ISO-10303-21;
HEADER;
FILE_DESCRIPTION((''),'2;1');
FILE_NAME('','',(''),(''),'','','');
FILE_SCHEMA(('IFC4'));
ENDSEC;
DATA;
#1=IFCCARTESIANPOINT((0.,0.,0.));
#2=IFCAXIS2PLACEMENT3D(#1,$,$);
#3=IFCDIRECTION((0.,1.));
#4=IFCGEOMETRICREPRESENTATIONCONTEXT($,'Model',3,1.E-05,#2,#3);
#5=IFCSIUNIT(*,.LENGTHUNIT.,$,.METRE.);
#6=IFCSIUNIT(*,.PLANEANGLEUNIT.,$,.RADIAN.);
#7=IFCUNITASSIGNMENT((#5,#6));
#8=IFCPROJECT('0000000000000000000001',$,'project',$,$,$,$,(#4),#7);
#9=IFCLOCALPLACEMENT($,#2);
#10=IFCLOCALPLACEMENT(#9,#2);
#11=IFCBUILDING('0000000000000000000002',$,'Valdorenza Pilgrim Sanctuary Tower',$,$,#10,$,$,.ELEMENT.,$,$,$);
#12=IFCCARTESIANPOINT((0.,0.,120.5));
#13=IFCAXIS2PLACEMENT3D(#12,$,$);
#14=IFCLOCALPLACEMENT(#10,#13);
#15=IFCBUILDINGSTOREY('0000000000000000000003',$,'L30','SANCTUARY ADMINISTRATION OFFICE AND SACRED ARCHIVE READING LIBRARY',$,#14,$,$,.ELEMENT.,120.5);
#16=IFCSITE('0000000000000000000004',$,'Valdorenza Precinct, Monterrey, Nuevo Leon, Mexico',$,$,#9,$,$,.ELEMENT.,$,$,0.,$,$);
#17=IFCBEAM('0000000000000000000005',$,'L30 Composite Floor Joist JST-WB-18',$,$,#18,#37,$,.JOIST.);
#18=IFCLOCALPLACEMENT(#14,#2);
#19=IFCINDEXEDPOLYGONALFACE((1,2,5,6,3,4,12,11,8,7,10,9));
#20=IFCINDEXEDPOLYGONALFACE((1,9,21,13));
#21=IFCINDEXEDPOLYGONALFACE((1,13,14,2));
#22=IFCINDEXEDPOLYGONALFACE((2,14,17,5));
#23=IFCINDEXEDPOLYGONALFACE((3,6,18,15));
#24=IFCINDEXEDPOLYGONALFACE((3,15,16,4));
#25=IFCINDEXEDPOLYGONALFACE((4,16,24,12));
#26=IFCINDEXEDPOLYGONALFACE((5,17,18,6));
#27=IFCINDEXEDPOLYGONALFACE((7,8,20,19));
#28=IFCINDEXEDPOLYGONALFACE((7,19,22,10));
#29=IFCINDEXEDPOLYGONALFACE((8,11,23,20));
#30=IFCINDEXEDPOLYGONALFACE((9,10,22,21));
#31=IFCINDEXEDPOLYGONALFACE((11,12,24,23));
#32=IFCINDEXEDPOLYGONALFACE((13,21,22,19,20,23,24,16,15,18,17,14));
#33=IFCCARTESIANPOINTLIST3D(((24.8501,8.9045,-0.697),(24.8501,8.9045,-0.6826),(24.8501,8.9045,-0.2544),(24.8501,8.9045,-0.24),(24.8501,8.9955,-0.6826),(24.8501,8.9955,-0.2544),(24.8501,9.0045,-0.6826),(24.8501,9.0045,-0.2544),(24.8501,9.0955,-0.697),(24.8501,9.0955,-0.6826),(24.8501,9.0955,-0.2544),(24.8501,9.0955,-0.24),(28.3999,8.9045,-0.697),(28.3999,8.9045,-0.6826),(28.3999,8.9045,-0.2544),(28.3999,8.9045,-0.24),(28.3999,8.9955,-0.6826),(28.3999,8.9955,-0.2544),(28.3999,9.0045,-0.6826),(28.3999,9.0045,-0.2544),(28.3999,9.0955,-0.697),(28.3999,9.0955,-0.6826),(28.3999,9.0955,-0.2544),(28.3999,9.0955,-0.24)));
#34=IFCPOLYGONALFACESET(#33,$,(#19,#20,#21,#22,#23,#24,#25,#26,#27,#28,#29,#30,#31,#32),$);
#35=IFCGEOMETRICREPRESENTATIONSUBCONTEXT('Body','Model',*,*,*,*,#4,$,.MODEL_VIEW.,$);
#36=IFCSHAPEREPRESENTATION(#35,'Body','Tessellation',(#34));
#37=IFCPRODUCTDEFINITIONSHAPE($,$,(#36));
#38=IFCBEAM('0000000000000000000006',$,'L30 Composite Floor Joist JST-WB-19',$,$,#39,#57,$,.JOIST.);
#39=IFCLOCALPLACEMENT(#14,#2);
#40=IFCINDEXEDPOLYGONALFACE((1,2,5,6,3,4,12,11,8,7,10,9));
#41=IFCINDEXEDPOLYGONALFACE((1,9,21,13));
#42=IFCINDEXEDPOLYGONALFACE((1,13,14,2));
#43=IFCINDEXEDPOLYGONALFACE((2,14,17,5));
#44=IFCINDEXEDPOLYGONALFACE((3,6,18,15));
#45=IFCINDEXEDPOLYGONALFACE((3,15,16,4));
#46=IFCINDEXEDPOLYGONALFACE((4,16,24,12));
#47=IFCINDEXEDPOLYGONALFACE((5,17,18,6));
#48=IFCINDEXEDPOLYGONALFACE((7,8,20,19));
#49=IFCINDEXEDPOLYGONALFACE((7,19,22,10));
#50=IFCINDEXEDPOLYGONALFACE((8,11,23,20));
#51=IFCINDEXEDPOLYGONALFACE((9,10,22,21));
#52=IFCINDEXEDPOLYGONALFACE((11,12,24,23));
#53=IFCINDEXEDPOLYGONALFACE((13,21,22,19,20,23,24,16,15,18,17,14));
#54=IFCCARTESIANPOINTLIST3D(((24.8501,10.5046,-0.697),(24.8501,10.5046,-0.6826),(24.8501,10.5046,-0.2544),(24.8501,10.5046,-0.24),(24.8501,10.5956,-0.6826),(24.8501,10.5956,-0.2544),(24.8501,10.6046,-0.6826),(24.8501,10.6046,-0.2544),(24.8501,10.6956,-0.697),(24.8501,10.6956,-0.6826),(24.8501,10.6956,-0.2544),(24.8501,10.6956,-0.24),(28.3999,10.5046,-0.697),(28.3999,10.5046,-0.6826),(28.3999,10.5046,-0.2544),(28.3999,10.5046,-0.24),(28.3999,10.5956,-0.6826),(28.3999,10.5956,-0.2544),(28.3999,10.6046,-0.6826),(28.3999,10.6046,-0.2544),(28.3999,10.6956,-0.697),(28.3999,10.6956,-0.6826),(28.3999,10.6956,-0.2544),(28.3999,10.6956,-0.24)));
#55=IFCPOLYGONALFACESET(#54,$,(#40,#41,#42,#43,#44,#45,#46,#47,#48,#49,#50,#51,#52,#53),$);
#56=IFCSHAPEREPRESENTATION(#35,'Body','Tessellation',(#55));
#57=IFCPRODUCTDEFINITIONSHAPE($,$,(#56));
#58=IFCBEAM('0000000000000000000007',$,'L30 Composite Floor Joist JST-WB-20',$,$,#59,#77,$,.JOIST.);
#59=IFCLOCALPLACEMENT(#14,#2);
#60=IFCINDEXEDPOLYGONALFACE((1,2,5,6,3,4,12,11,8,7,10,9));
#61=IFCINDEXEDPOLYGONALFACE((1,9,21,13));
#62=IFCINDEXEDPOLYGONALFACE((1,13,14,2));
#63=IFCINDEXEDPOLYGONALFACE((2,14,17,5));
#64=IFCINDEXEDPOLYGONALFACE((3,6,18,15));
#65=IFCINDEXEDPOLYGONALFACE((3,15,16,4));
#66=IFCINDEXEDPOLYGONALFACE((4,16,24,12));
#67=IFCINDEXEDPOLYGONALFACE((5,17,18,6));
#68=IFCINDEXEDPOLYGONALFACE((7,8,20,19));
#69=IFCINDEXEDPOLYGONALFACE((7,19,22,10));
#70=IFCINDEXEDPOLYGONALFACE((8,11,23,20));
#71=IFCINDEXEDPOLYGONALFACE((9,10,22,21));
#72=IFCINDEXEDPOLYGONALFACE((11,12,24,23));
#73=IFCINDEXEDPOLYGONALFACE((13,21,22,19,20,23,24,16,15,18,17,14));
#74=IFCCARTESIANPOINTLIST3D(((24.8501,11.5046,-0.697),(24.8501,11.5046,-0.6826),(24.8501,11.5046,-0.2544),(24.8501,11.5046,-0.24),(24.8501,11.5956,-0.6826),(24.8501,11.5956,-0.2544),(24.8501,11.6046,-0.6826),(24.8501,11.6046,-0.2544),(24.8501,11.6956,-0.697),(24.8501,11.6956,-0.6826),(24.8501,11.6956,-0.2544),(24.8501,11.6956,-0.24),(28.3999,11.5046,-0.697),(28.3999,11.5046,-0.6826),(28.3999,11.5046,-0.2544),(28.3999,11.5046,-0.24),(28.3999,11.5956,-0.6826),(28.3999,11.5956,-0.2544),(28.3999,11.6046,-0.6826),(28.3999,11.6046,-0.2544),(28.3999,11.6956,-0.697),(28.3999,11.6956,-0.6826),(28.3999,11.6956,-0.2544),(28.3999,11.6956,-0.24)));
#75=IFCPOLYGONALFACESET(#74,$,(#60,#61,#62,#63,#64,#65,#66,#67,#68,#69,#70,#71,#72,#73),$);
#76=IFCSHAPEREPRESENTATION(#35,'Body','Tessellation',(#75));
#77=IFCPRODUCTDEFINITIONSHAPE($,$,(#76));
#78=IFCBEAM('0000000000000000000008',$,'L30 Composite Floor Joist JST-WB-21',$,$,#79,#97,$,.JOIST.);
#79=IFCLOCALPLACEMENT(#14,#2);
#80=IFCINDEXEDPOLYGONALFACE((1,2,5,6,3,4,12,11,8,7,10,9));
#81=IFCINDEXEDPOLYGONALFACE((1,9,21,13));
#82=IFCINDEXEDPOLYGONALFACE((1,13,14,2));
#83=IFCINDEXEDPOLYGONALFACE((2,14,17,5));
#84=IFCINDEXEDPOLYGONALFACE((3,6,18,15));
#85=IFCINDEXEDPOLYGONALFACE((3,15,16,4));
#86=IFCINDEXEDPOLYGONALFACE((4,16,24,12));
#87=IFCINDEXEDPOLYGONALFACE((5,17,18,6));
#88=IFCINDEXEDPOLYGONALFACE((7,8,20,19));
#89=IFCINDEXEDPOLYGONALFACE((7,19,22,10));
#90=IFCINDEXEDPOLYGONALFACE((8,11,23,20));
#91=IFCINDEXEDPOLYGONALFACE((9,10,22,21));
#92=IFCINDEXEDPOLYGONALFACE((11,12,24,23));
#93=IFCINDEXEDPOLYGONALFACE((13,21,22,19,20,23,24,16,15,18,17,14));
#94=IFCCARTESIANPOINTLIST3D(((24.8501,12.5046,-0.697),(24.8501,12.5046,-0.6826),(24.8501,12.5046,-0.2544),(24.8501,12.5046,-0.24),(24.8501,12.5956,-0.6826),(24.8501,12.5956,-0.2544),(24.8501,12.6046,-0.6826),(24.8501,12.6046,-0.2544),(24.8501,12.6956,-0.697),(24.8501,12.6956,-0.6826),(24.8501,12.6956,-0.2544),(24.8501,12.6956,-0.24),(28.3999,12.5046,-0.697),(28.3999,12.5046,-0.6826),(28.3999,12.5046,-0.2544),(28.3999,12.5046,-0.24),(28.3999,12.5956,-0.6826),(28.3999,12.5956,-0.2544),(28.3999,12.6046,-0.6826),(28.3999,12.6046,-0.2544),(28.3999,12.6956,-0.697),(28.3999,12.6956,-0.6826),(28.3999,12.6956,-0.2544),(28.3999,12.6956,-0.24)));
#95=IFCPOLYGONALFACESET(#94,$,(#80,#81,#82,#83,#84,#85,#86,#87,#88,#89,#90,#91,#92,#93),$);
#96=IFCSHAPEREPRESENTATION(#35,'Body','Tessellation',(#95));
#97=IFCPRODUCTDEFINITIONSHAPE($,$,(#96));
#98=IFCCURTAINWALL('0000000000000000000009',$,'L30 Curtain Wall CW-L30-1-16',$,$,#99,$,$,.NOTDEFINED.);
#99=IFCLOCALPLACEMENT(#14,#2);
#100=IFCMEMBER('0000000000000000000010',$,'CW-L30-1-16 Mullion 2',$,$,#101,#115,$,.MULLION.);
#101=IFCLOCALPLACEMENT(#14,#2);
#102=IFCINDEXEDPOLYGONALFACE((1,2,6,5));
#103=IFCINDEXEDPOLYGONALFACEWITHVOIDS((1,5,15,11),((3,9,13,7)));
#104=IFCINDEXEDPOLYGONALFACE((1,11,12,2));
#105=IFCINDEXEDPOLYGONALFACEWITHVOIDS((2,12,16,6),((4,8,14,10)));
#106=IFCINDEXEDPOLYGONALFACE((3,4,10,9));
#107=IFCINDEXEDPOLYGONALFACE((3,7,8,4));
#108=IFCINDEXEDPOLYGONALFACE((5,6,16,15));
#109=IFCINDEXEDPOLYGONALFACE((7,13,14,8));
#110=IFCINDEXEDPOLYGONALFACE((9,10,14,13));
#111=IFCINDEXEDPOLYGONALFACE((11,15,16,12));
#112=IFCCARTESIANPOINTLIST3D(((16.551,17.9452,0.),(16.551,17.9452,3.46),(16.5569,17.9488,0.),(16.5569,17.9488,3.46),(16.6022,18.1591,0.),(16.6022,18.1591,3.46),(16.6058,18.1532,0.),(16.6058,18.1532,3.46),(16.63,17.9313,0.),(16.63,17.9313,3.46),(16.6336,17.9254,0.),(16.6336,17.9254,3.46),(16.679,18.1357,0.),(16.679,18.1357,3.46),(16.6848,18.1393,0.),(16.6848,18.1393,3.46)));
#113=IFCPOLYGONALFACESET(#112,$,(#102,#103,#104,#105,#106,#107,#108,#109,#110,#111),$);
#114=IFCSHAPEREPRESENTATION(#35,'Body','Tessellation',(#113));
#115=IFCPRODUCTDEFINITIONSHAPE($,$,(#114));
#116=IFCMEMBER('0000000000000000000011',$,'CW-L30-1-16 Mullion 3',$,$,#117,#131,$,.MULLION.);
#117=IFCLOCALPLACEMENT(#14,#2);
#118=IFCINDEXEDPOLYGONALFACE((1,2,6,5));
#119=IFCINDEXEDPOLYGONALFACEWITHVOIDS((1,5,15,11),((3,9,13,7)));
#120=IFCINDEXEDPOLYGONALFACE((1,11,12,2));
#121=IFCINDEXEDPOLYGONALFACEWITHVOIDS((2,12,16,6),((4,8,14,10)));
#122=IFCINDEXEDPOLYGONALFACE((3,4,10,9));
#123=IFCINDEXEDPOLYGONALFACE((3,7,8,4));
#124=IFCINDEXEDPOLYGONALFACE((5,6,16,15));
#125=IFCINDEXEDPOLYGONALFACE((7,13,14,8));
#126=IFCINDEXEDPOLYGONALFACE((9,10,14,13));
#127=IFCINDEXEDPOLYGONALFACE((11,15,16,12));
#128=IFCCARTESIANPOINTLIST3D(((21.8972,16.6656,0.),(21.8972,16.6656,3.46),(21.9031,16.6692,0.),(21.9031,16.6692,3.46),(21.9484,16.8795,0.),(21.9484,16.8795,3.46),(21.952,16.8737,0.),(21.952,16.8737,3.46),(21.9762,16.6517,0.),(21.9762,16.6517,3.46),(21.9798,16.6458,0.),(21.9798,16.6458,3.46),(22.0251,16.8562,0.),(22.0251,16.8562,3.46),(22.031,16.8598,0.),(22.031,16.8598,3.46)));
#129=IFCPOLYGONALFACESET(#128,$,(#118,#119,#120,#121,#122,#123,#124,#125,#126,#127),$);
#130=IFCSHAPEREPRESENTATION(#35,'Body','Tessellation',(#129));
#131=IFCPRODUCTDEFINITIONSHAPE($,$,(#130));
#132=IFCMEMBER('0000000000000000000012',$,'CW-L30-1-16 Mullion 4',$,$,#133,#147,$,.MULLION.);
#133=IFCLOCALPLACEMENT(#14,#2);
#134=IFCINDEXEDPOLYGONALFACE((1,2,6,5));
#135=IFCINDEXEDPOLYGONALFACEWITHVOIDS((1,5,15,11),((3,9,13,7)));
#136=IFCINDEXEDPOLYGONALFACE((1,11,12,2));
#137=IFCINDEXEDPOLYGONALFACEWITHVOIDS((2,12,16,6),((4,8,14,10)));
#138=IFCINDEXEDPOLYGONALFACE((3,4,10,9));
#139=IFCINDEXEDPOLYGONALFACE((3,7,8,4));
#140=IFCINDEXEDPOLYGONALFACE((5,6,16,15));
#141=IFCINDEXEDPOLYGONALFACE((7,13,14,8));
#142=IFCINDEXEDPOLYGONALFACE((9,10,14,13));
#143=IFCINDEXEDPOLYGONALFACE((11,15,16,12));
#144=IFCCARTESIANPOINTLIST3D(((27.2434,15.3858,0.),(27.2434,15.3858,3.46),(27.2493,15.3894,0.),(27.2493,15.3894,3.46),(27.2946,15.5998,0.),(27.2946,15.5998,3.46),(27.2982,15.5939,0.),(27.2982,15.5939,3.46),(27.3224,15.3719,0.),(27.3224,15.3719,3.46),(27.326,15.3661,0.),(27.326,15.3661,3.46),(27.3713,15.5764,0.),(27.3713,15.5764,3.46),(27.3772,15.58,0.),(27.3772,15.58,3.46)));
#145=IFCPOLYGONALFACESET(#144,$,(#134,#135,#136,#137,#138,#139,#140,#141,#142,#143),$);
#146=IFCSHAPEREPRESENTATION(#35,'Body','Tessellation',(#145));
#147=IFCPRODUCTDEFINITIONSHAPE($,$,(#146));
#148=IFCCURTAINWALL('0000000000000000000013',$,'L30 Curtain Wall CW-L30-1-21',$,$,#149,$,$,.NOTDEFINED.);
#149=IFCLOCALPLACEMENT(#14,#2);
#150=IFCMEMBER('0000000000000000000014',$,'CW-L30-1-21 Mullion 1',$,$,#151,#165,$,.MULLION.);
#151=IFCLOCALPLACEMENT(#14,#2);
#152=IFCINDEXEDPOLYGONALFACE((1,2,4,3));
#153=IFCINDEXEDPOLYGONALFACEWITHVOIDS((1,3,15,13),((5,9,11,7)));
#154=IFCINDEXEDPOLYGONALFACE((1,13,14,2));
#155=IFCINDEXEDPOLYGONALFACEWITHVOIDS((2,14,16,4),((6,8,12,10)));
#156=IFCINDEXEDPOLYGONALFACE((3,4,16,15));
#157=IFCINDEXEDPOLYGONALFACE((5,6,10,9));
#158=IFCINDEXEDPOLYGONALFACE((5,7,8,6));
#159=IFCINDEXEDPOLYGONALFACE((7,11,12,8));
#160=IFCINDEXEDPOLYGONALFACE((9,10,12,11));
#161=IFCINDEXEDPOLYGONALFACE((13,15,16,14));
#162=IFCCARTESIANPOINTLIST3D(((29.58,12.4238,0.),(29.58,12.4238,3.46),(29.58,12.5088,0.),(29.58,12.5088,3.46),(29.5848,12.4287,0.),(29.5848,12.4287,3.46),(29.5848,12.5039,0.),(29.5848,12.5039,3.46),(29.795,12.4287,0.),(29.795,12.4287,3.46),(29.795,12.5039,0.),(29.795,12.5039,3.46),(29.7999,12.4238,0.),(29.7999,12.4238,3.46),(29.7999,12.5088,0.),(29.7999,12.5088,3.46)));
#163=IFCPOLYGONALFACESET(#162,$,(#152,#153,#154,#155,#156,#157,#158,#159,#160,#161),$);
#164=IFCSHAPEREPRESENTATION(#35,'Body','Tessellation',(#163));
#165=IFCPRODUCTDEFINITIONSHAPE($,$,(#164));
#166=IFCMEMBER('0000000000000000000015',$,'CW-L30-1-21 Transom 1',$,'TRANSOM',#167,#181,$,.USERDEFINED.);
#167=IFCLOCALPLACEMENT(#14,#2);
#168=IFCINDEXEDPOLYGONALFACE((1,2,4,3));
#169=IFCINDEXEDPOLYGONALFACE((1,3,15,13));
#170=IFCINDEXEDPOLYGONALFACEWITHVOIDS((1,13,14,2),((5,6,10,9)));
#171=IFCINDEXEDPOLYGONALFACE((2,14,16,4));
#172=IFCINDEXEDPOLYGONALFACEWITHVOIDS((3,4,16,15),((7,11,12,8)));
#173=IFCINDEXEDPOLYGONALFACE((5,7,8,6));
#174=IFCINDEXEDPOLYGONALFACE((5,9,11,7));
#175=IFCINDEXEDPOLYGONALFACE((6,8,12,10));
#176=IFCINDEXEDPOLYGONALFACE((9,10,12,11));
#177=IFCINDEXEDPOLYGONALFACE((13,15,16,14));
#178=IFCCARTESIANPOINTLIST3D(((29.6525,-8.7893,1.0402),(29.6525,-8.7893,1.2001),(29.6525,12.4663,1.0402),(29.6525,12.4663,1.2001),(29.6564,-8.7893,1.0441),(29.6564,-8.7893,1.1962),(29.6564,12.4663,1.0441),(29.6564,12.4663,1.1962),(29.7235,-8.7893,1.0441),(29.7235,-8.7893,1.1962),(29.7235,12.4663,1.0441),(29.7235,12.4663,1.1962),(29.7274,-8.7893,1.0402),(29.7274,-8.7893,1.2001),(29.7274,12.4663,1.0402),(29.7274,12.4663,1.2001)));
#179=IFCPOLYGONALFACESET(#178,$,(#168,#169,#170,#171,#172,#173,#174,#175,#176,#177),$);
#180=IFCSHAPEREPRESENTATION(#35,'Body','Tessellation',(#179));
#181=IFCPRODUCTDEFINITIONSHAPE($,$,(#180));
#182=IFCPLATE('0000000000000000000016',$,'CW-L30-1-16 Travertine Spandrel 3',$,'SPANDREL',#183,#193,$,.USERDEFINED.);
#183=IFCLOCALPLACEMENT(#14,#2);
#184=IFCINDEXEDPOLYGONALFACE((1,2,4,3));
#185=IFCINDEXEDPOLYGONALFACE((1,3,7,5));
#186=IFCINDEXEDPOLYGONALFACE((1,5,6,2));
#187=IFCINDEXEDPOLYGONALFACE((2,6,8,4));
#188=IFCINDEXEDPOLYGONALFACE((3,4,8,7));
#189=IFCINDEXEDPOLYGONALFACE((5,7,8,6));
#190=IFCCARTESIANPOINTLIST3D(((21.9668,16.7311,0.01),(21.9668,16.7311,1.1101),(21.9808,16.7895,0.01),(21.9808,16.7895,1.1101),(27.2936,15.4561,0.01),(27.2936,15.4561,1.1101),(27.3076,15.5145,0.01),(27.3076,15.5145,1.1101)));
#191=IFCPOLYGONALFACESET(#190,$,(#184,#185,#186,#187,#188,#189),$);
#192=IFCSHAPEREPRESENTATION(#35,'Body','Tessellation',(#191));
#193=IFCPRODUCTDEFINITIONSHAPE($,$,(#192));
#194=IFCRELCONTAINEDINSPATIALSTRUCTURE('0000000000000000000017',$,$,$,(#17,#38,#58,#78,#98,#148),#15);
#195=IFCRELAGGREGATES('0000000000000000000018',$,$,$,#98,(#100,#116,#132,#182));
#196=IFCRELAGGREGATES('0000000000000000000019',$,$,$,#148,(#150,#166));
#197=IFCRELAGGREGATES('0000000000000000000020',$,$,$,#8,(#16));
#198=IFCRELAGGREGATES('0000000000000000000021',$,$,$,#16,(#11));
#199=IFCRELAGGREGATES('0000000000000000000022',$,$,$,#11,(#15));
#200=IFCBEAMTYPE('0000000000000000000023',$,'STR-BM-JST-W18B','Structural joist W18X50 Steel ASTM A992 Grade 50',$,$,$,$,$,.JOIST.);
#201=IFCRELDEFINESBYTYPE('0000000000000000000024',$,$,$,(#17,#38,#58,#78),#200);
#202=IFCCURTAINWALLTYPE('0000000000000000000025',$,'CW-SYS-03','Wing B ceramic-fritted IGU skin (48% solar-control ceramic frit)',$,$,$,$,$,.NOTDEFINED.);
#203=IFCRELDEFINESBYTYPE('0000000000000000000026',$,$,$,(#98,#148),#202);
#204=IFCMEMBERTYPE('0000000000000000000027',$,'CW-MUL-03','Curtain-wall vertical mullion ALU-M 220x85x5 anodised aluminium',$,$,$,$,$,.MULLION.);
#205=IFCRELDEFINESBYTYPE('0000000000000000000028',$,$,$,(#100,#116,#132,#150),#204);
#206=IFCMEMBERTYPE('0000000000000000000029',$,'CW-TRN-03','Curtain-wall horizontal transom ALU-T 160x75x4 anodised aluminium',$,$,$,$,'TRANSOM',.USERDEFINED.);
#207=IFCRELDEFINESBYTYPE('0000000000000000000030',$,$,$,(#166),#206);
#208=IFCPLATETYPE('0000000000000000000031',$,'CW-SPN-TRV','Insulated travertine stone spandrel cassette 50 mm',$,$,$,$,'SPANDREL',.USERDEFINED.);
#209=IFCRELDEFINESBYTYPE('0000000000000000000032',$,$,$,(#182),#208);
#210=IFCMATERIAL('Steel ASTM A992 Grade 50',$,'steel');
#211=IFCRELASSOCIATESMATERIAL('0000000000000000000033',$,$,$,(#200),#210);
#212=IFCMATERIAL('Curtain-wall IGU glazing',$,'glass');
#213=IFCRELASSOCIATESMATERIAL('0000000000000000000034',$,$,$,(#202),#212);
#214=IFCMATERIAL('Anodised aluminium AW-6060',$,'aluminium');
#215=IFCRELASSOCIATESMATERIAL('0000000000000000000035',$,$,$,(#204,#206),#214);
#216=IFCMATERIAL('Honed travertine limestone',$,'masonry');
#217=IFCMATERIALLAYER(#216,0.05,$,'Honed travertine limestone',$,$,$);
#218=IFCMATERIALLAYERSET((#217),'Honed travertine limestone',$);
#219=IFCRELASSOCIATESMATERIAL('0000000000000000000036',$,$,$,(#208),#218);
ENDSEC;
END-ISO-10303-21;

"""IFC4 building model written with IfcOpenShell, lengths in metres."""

from ifc_helpers import new_model, si_unit, direction, frame, origin, origin_2d, place, context, subcontext, project, spatial, rectangle, hollow_rectangle, i_section, extrude, source, transform, mapped, material, layer, layer_set, material_profile, profile_set, type_object, element, aggregate, save


model = new_model("IFC4")

# Units and contexts
model_context = context("Model", 3, precision=1e-05, world=origin(), true_north=direction((0.0, 1.0)))
body_context = subcontext(model_context, "Body", "Model", "MODEL_VIEW")
ifc_project = project(units=[si_unit("LENGTHUNIT", "METRE"), si_unit("PLANEANGLEUNIT", "RADIAN")], contexts=[model_context])

# Site, building, storey
site_placement = place(None, origin())
site = spatial("IfcSite", under=ifc_project, at=site_placement, Name="Valdorenza Precinct, Monterrey, Nuevo Leon, Mexico", CompositionType="ELEMENT", RefElevation=0.0)
building_placement = place(site_placement, origin())
building = spatial("IfcBuilding", under=site, at=building_placement, Name="Valdorenza Pilgrim Sanctuary Tower", CompositionType="ELEMENT")
storey_placement = place(building_placement, frame((0.0, 0.0, 120.5)))
storey = spatial("IfcBuildingStorey", under=building, at=storey_placement, Name="L30", Description="SANCTUARY ADMINISTRATION OFFICE AND SACRED ARCHIVE READING LIBRARY", CompositionType="ELEMENT", Elevation=120.5)

# Shared definitions
ifc_material_1 = material(Name="Steel ASTM A992 Grade 50", Category="steel")

# Beams
ifc_material_profile_1 = material_profile(ifc_material_1, i_section(OverallWidth=0.1909, OverallDepth=0.457, WebThickness=0.009, FlangeThickness=0.0144, at=origin_2d()), Name="W18X50")
ifc_profile_set_1 = profile_set([ifc_material_profile_1], Name="Steel ASTM A992 Grade 50")
beam_type_1 = type_object("IfcBeamType", Name="STR-BM-JST-W18B", Description="Structural joist W18X50 Steel ASTM A992 Grade 50", PredefinedType="JOIST", material=ifc_profile_set_1)
shared_shape_1 = source(origin(), body_context, "Body", "SweptSolid", [
    extrude(i_section(OverallWidth=0.1909, OverallDepth=0.457, WebThickness=0.009, FlangeThickness=0.0144, at=origin_2d()), origin(), (0.0, 0.0, 1.0), 3.5498),
])
for number, where, z_axis, x_axis, name in (
    (1, (24.8501, 9.0, -0.4685), (1.0, 0.0, 0.0), (0.0, 1.0, 0.0), "L30 Composite Floor Joist JST-WB-18"),
    (2, (24.8501, 10.6001, -0.4685), (1.0, 0.0, 0.0), (0.0, 1.0, 0.0), "L30 Composite Floor Joist JST-WB-19"),
    (3, (24.8501, 11.6001, -0.4685), (1.0, 0.0, 0.0), (0.0, 1.0, 0.0), "L30 Composite Floor Joist JST-WB-20"),
    (4, (24.8501, 12.6001, -0.4685), (1.0, 0.0, 0.0), (0.0, 1.0, 0.0), "L30 Composite Floor Joist JST-WB-21"),
):
    element("IfcBeam", number, at=place(storey_placement, frame(where, z_axis=z_axis, x_axis=x_axis)), inside=storey, type_object=beam_type_1, Name=name, PredefinedType="JOIST", context=body_context, shape_type="MappedRepresentation", body=[
        mapped(shared_shape_1, transform((0.0, 0.0, 0.0), x_axis=(1.0, 0.0, 0.0), y_axis=(0.0, 1.0, 0.0), z_axis=(0.0, 0.0, 1.0), scale=1.0)),
    ])

# Curtain walls, members
ifc_material_2 = material(Name="Curtain-wall IGU glazing", Category="glass")
curtain_wall_type = type_object("IfcCurtainWallType", Name="CW-SYS-03", Description="Wing B ceramic-fritted IGU skin (48% solar-control ceramic frit)", PredefinedType="NOTDEFINED", material=ifc_material_2)
curtain_wall_1_placement = place(storey_placement, origin())
curtain_wall_1 = element("IfcCurtainWall", 5, at=curtain_wall_1_placement, inside=storey, type_object=curtain_wall_type, Name="L30 Curtain Wall CW-L30-1-16", PredefinedType="NOTDEFINED")
ifc_material_3 = material(Name="Anodised aluminium AW-6060", Category="aluminium")
ifc_material_profile_2 = material_profile(ifc_material_3, hollow_rectangle(XDim=0.085, YDim=0.22, WallThickness=0.0049, at=origin_2d()), Name="ALU-M 220x85x5")
ifc_profile_set_2 = profile_set([ifc_material_profile_2], Name="Anodised aluminium AW-6060")
member_type_1 = type_object("IfcMemberType", Name="CW-MUL-03", Description="Curtain-wall vertical mullion ALU-M 220x85x5 anodised aluminium", PredefinedType="MULLION", material=ifc_profile_set_2)
shared_shape_2 = source(origin(), body_context, "Body", "SweptSolid", [
    extrude(hollow_rectangle(XDim=0.085, YDim=0.22, WallThickness=0.0049, at=origin_2d()), origin(), (0.0, 0.0, 1.0), 3.46),
])
member_1_placement = place(storey_placement, frame((16.6179, 18.0422, 0.0), z_axis=(0.0, 0.0, 1.0), x_axis=(0.972529, -0.232783, 0.0)))
member_1 = element("IfcMember", 6, at=member_1_placement, type_object=member_type_1, Name="CW-L30-1-16 Mullion 2", PredefinedType="MULLION", context=body_context, shape_type="MappedRepresentation", body=[
    mapped(shared_shape_2, transform((0.0, 0.0, 0.0), x_axis=(1.0, 0.0, 0.0), y_axis=(0.0, 1.0, 0.0), z_axis=(0.0, 0.0, 1.0), scale=1.0)),
])
member_2_placement = place(storey_placement, frame((21.9641, 16.7627, 0.0), z_axis=(0.0, 0.0, 1.0), x_axis=(0.972529, -0.232783, 0.0)))
member_2 = element("IfcMember", 7, at=member_2_placement, type_object=member_type_1, Name="CW-L30-1-16 Mullion 3", PredefinedType="MULLION", context=body_context, shape_type="MappedRepresentation", body=[
    mapped(shared_shape_2, transform((0.0, 0.0, 0.0), x_axis=(1.0, 0.0, 0.0), y_axis=(0.0, 1.0, 0.0), z_axis=(0.0, 0.0, 1.0), scale=1.0)),
])
member_3_placement = place(storey_placement, frame((27.3103, 15.4829, 0.0), z_axis=(0.0, 0.0, 1.0), x_axis=(0.972529, -0.232783, 0.0)))
member_3 = element("IfcMember", 8, at=member_3_placement, type_object=member_type_1, Name="CW-L30-1-16 Mullion 4", PredefinedType="MULLION", context=body_context, shape_type="MappedRepresentation", body=[
    mapped(shared_shape_2, transform((0.0, 0.0, 0.0), x_axis=(1.0, 0.0, 0.0), y_axis=(0.0, 1.0, 0.0), z_axis=(0.0, 0.0, 1.0), scale=1.0)),
])
curtain_wall_2_placement = place(storey_placement, origin())
curtain_wall_2 = element("IfcCurtainWall", 9, at=curtain_wall_2_placement, inside=storey, type_object=curtain_wall_type, Name="L30 Curtain Wall CW-L30-1-21", PredefinedType="NOTDEFINED")
member_4_placement = place(storey_placement, frame((29.6899, 12.4663, 0.0), z_axis=(0.0, 0.0, 1.0), x_axis=(0.0, -1.0, 0.0)))
member_4 = element("IfcMember", 10, at=member_4_placement, type_object=member_type_1, Name="CW-L30-1-21 Mullion 1", PredefinedType="MULLION", context=body_context, shape_type="MappedRepresentation", body=[
    mapped(shared_shape_2, transform((0.0, 0.0, 0.0), x_axis=(1.0, 0.0, 0.0), y_axis=(0.0, 1.0, 0.0), z_axis=(0.0, 0.0, 1.0), scale=1.0)),
])
ifc_material_profile_3 = material_profile(ifc_material_3, hollow_rectangle(XDim=0.075, YDim=0.1599, WallThickness=0.0039, at=origin_2d()), Name="ALU-T 160x75x4")
ifc_profile_set_3 = profile_set([ifc_material_profile_3], Name="Anodised aluminium AW-6060")
member_type_2 = type_object("IfcMemberType", Name="CW-TRN-03", Description="Curtain-wall horizontal transom ALU-T 160x75x4 anodised aluminium", ElementType="TRANSOM", PredefinedType="USERDEFINED", material=ifc_profile_set_3)
shared_shape_3 = source(origin(), body_context, "Body", "SweptSolid", [
    extrude(hollow_rectangle(XDim=0.075, YDim=0.1599, WallThickness=0.0039, at=origin_2d()), origin(), (0.0, 0.0, 1.0), 21.2556),
])
member_5_placement = place(storey_placement, frame((29.6899, 12.4663, 1.1201), z_axis=(0.0, -1.0, 0.0), x_axis=(1.0, 0.0, 0.0)))
member_5 = element("IfcMember", 11, at=member_5_placement, type_object=member_type_2, Name="CW-L30-1-21 Transom 1", ObjectType="TRANSOM", PredefinedType="USERDEFINED", context=body_context, shape_type="MappedRepresentation", body=[
    mapped(shared_shape_3, transform((0.0, 0.0, 0.0), x_axis=(1.0, 0.0, 0.0), y_axis=(0.0, 1.0, 0.0), z_axis=(0.0, 0.0, 1.0), scale=1.0)),
])

# Plate
ifc_material_4 = material(Name="Honed travertine limestone", Category="masonry")
ifc_layer_1 = layer(ifc_material_4, 0.05, Name="Honed travertine limestone")
ifc_layer_set_1 = layer_set([ifc_layer_1], Name="Honed travertine limestone")
plate_type_1 = type_object("IfcPlateType", Name="CW-SPN-TRV", Description="Insulated travertine stone spandrel cassette 50 mm", ElementType="SPANDREL", PredefinedType="USERDEFINED", material=ifc_layer_set_1)
shared_shape_4 = source(origin(), body_context, "Body", "SweptSolid", [
    extrude(rectangle(XDim=5.4773, YDim=0.0601, at=origin_2d()), origin(), (0.0, 0.0, 1.0), 1.1001),
])
plate_1_placement = place(storey_placement, frame((24.6372, 16.1228, 0.01), z_axis=(0.0, 0.0, 1.0), x_axis=(0.972529, -0.232783, 0.0)))
plate_1 = element("IfcPlate", 12, at=plate_1_placement, type_object=plate_type_1, Name="CW-L30-1-16 Travertine Spandrel 3", ObjectType="SPANDREL", PredefinedType="USERDEFINED", context=body_context, shape_type="MappedRepresentation", body=[
    mapped(shared_shape_4, transform((0.0, 0.0, 0.0), x_axis=(1.0, 0.0, 0.0), y_axis=(0.0, 1.0, 0.0), z_axis=(0.0, 0.0, 1.0), scale=1.0)),
])
aggregate(curtain_wall_1, [member_1, member_2, member_3, plate_1])
aggregate(curtain_wall_2, [member_4, member_5])

save(model, "model.ifc")
